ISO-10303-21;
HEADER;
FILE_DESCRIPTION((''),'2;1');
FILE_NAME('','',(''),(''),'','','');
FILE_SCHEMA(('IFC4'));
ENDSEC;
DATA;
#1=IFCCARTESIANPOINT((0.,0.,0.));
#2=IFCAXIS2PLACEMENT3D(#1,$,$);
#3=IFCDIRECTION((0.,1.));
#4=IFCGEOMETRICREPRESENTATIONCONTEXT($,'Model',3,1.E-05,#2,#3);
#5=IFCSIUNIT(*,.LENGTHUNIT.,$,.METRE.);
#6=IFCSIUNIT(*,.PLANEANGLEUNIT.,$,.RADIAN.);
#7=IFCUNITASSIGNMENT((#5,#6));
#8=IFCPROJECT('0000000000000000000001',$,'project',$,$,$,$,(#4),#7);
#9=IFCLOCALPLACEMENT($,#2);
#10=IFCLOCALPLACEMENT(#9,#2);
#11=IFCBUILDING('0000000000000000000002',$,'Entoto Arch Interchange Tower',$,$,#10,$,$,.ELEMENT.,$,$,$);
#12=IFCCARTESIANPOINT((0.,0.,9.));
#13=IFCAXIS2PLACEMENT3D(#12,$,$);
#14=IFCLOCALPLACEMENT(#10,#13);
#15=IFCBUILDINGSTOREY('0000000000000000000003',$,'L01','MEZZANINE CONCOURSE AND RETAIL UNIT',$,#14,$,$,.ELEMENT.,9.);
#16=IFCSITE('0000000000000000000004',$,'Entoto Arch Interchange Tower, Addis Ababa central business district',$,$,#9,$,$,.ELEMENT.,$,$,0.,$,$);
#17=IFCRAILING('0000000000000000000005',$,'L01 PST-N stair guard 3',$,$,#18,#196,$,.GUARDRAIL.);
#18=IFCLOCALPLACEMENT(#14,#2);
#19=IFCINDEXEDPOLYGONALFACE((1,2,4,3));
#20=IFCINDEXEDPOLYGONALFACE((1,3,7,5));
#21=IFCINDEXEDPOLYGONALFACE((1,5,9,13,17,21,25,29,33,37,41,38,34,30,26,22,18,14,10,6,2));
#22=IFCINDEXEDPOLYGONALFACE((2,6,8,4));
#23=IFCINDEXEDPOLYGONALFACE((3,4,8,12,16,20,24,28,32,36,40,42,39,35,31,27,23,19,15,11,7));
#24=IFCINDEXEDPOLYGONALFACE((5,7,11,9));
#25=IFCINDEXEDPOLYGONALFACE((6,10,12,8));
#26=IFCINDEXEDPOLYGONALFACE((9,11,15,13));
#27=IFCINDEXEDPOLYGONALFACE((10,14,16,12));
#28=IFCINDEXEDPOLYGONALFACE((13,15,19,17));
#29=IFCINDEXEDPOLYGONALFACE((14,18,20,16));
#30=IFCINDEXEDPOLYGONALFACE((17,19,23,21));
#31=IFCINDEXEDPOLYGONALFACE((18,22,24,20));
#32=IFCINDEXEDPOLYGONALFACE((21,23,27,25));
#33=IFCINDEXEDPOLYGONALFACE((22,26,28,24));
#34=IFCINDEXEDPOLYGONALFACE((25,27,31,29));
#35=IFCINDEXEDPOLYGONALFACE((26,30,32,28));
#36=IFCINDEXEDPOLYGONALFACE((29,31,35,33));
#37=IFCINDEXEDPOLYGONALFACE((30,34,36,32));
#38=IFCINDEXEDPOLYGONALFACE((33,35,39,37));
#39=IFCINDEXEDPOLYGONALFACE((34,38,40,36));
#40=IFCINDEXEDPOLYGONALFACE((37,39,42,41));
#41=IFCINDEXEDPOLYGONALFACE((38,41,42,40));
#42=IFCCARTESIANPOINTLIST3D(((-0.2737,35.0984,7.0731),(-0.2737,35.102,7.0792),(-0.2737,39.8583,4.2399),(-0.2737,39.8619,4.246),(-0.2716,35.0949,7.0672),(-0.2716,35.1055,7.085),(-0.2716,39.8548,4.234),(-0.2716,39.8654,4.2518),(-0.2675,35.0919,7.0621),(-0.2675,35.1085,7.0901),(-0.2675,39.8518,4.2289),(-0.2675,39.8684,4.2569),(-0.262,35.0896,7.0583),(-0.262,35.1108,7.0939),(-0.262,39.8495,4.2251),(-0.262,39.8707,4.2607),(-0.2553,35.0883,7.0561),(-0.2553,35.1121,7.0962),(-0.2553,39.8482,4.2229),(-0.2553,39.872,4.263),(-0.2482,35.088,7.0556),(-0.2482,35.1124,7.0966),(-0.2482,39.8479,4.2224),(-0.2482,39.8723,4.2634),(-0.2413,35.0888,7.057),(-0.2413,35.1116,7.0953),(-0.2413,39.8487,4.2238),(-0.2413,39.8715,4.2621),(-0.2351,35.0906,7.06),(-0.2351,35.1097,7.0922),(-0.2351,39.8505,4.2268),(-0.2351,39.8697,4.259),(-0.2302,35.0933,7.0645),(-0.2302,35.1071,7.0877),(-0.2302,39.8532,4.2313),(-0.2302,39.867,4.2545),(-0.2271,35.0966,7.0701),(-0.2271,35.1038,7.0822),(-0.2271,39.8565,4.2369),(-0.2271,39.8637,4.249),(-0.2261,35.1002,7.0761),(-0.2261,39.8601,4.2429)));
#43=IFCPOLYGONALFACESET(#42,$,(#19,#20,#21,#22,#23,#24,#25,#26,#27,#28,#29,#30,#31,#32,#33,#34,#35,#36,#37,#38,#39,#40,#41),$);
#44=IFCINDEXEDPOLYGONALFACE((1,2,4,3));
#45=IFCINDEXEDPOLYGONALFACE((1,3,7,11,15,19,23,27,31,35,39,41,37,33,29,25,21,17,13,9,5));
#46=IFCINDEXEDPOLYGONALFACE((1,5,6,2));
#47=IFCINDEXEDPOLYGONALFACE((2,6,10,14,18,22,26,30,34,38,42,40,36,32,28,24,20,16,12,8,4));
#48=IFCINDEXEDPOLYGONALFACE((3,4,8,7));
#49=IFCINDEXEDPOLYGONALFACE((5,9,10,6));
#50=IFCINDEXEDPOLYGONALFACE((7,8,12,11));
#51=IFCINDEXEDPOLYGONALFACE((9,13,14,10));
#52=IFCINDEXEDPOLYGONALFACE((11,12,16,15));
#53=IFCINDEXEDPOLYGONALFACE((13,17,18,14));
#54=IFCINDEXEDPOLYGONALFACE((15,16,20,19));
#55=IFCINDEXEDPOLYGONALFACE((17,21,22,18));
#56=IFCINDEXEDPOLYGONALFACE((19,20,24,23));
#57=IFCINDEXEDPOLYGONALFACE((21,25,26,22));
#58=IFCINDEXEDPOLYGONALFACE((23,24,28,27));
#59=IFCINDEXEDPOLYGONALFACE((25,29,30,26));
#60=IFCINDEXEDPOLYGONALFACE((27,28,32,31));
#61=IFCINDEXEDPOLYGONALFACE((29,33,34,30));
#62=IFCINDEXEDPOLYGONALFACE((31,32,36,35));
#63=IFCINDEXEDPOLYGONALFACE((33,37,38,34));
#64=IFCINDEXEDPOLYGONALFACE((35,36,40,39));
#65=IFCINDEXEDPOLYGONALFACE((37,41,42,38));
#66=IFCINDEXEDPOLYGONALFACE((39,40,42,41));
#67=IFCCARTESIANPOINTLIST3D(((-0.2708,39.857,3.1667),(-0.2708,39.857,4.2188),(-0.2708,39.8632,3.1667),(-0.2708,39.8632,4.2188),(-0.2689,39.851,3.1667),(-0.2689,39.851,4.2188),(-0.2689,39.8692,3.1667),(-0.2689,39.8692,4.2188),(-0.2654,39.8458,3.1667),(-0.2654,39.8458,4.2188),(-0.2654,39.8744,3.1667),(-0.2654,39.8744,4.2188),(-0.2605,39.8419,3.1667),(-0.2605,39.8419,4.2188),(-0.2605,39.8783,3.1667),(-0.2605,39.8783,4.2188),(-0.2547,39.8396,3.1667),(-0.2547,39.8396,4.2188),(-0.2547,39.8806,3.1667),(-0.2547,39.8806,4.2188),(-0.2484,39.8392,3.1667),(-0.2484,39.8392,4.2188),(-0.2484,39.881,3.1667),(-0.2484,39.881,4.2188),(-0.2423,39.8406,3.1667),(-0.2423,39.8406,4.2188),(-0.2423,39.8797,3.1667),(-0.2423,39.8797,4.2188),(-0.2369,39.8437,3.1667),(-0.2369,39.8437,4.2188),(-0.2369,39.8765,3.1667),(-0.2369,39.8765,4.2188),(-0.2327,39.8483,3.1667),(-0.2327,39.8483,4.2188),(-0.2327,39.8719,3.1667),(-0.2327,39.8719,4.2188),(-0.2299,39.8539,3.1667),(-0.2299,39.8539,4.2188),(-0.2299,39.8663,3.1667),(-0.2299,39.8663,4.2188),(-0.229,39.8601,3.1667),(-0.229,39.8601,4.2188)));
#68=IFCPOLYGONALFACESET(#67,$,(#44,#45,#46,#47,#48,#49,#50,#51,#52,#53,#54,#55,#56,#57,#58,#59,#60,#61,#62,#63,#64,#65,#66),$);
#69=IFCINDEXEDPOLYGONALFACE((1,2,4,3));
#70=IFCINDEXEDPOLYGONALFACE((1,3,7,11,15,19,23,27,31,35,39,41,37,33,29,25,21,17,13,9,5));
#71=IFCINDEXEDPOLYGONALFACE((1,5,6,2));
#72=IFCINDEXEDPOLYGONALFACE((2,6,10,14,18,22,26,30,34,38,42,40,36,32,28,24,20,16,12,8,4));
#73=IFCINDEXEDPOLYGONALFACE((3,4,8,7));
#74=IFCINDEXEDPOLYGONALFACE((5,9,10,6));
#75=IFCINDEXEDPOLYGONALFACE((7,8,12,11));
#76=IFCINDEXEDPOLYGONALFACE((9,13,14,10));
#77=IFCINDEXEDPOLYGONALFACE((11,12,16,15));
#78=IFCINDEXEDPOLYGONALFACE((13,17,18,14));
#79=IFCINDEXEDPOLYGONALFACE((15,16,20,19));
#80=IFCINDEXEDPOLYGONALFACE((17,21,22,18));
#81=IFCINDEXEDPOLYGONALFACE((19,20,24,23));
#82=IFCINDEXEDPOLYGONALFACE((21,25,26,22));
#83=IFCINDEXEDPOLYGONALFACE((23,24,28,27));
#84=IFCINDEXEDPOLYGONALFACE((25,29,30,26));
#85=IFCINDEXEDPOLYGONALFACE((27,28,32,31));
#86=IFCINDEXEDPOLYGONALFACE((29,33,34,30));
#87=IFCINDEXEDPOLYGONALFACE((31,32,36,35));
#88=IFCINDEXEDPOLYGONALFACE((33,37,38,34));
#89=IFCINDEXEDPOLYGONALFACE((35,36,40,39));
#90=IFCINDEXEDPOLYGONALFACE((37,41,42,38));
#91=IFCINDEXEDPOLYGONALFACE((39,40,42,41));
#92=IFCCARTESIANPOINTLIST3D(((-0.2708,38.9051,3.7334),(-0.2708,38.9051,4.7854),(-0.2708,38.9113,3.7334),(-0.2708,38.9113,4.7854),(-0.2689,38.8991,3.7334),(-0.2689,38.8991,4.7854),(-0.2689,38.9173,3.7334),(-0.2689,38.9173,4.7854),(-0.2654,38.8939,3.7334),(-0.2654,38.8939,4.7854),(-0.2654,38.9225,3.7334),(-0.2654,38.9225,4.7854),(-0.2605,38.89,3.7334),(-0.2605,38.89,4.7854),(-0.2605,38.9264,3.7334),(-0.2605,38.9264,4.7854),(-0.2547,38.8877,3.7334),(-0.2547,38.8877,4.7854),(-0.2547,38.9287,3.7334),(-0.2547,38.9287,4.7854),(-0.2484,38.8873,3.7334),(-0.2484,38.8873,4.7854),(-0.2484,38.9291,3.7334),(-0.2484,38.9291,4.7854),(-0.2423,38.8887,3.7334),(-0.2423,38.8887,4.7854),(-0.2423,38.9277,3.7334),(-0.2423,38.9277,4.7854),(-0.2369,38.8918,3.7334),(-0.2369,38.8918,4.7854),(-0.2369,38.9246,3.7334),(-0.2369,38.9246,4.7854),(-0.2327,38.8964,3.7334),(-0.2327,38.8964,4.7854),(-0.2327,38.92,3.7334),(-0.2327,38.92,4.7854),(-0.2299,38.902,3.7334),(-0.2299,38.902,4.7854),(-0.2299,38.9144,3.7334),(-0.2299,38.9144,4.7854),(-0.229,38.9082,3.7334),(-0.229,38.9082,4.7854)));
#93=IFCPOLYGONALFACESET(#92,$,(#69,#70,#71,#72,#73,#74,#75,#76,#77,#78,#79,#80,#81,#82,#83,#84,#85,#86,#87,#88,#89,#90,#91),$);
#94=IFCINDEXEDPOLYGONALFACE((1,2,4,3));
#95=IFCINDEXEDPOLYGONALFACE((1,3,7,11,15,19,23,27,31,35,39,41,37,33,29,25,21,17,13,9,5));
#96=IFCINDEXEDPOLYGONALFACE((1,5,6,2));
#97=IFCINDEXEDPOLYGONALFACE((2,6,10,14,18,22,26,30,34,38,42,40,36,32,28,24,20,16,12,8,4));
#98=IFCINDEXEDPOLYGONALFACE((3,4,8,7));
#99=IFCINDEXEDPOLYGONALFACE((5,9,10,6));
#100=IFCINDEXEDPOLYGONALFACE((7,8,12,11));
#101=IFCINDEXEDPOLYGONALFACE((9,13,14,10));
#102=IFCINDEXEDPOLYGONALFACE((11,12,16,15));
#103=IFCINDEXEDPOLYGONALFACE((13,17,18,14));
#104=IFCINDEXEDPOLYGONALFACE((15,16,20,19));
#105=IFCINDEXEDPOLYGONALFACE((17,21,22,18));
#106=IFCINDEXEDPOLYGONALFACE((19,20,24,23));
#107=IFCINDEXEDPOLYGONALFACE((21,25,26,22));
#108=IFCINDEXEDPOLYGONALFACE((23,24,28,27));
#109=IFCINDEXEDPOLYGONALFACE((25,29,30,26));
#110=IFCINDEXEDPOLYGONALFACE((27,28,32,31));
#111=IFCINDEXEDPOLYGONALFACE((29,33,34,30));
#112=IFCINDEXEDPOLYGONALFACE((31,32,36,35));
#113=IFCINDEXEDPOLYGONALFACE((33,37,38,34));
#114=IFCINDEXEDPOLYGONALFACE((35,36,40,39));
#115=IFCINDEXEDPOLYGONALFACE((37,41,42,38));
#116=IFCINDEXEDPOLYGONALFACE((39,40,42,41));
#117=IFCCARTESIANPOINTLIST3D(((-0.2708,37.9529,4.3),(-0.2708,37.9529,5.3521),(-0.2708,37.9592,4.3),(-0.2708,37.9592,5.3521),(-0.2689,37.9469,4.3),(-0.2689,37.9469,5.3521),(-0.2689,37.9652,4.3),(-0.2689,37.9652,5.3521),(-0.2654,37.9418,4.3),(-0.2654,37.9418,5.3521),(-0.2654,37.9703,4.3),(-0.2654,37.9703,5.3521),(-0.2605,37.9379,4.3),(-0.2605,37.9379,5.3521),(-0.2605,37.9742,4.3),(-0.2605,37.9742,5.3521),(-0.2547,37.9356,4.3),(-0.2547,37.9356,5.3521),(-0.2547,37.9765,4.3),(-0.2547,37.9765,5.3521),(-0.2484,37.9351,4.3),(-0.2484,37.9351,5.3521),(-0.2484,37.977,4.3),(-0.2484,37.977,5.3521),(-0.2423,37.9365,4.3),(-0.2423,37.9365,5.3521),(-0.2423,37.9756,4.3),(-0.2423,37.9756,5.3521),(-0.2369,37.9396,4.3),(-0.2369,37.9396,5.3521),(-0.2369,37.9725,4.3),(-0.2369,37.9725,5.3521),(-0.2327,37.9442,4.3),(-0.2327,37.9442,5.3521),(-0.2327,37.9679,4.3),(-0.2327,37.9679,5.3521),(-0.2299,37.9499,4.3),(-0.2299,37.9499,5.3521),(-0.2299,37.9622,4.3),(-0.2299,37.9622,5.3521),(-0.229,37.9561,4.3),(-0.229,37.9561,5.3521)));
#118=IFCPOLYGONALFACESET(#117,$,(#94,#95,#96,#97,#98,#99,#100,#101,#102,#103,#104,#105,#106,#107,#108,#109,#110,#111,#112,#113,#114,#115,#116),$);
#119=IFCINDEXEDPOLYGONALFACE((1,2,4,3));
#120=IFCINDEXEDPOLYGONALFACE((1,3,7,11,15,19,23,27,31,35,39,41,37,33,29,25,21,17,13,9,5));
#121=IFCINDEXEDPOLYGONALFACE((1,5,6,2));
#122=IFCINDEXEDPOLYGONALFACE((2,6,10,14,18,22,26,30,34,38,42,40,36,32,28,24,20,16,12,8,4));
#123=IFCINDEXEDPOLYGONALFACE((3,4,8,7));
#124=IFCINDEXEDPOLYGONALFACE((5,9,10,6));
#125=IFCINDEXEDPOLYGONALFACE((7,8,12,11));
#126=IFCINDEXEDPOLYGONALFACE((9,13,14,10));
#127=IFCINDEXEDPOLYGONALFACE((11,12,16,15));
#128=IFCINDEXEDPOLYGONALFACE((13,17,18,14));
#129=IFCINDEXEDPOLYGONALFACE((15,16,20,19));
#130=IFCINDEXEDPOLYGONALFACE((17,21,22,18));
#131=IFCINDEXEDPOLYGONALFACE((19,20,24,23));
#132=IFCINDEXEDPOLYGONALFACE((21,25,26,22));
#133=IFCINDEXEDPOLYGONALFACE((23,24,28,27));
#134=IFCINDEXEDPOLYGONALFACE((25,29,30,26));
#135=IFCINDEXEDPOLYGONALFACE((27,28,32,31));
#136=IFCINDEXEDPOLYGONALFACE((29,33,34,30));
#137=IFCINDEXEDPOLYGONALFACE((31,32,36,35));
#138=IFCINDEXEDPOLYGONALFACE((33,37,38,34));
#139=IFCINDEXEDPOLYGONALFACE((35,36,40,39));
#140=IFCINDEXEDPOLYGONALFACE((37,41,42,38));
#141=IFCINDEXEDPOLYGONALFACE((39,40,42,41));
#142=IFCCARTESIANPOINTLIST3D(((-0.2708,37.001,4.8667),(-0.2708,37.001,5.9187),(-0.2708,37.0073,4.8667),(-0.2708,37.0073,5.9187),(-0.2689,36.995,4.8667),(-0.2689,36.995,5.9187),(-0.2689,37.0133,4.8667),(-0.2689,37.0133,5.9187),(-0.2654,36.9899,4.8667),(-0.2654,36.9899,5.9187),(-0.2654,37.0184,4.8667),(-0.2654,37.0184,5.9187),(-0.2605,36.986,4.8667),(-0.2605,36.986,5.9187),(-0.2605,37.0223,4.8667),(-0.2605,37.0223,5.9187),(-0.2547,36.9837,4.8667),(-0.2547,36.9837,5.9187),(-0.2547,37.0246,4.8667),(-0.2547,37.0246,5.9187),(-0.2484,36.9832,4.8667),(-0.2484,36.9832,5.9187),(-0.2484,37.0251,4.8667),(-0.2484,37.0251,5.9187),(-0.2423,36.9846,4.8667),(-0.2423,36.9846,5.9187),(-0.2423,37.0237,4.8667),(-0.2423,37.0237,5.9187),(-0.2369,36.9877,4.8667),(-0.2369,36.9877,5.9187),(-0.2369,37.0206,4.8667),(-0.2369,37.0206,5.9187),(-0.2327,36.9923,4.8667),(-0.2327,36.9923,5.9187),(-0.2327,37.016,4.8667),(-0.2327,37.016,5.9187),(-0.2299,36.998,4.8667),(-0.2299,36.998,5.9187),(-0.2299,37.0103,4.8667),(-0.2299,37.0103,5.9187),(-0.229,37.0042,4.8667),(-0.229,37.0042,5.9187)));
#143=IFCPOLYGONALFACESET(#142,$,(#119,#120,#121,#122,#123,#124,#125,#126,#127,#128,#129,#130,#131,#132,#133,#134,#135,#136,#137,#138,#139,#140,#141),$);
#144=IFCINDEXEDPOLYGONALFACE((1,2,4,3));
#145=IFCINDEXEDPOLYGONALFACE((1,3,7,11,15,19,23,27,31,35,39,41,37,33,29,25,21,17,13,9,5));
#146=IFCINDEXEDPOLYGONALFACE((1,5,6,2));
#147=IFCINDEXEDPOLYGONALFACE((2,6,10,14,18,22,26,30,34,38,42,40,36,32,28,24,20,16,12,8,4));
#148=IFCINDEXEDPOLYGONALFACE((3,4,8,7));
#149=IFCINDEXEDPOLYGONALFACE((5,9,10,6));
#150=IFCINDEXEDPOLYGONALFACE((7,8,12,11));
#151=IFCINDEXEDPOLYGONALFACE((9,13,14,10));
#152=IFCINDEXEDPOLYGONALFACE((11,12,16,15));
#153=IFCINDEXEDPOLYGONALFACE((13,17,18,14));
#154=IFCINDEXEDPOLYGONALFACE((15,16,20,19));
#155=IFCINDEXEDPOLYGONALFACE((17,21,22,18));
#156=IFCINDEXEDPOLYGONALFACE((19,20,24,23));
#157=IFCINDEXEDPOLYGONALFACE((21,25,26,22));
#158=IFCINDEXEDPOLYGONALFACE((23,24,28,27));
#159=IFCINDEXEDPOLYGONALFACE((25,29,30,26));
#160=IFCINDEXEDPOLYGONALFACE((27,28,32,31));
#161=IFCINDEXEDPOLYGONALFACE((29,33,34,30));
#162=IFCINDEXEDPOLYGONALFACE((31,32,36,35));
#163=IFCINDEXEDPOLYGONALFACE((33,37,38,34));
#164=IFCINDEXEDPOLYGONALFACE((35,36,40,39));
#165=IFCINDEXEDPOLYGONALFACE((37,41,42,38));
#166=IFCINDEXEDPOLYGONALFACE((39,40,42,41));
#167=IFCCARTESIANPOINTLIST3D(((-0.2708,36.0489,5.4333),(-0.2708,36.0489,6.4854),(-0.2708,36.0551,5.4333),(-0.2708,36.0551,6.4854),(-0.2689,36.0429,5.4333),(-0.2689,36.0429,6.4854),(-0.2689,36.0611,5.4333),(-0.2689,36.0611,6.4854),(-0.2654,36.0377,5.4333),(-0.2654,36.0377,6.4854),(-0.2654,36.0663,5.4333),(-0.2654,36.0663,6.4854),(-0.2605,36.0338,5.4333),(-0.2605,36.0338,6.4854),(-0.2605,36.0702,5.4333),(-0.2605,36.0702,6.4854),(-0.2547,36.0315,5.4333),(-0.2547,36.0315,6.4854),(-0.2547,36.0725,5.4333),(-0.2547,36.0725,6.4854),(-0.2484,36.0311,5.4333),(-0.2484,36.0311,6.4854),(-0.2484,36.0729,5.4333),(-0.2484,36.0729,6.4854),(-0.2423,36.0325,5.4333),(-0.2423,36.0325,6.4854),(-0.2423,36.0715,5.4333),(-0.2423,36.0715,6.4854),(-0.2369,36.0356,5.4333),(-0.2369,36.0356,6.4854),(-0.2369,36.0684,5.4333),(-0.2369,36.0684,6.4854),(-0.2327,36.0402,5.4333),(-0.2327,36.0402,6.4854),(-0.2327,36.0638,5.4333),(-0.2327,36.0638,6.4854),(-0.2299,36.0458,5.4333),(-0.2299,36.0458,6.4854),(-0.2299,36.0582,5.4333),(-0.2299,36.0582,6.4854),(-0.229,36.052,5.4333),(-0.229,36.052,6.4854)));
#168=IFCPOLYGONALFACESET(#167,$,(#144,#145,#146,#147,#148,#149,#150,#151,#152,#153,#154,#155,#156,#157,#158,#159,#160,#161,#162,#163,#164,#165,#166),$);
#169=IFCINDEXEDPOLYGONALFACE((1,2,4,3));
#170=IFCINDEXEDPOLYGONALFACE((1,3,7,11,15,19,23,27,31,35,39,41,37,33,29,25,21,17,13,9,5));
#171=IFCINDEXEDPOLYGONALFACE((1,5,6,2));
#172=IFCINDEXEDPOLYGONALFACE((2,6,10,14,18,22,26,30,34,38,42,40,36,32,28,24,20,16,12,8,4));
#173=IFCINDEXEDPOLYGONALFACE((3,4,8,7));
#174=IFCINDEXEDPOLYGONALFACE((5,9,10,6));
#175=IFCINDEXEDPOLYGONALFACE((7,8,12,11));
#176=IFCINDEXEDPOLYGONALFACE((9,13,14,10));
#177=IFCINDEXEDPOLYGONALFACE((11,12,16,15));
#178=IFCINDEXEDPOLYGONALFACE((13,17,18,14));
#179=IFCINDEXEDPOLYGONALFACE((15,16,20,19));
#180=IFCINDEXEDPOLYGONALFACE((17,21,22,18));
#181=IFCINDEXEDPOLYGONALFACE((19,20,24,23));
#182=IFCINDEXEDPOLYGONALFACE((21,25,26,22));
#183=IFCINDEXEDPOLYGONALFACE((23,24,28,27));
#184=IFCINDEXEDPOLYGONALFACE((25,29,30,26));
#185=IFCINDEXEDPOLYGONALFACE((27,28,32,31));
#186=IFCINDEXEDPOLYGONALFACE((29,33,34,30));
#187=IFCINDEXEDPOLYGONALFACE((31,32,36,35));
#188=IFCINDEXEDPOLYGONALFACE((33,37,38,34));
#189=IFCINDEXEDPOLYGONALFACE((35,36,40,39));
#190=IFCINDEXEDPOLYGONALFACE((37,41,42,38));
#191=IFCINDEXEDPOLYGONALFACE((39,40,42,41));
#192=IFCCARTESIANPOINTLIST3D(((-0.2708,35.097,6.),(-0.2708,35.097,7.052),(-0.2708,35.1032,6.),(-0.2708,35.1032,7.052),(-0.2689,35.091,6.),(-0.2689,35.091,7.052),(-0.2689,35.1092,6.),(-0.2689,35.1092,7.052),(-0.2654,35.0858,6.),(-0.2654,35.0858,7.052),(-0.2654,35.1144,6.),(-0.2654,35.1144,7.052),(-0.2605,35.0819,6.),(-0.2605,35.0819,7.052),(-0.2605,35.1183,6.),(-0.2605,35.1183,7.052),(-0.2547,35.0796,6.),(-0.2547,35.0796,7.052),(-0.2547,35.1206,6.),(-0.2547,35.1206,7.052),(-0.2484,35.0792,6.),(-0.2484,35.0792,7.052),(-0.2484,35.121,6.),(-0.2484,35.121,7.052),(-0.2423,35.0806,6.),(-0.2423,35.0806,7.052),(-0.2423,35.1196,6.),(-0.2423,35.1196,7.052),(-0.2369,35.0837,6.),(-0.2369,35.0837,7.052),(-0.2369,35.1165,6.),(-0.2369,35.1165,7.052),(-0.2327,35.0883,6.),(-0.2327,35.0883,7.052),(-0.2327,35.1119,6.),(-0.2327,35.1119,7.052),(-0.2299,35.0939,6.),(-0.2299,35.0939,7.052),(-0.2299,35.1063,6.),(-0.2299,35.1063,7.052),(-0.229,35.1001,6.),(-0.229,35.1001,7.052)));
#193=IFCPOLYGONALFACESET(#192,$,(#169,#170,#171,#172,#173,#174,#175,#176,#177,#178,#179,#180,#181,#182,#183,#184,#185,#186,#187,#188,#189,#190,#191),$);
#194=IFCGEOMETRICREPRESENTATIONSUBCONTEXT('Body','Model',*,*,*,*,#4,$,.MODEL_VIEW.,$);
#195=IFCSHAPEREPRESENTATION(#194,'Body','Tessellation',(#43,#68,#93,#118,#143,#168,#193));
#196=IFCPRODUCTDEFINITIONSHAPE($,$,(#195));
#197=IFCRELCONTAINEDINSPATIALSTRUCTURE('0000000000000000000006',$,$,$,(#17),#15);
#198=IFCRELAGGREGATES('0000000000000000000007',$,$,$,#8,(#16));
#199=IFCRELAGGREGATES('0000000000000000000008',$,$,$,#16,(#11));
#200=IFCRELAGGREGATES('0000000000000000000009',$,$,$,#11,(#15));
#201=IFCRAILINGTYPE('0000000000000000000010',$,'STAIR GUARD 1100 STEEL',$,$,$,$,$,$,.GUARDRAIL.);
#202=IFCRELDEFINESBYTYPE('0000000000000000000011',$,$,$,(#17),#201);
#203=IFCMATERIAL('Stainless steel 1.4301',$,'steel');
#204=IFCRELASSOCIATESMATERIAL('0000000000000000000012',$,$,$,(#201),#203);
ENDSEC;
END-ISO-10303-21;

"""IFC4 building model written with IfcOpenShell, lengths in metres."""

from ifc_helpers import new_model, si_unit, direction, frame, origin, origin_2d, place, context, subcontext, project, spatial, circle, extrude, material, type_object, element, save


model = new_model("IFC4")

# Units and contexts
model_context = context("Model", 3, precision=1e-05, world=origin(), true_north=direction((0.0, 1.0)))
body_context = subcontext(model_context, "Body", "Model", "MODEL_VIEW")
ifc_project = project(units=[si_unit("LENGTHUNIT", "METRE"), si_unit("PLANEANGLEUNIT", "RADIAN")], contexts=[model_context])

# Site, building, storey
site_placement = place(None, origin())
site = spatial("IfcSite", under=ifc_project, at=site_placement, Name="Entoto Arch Interchange Tower, Addis Ababa central business district", CompositionType="ELEMENT", RefElevation=0.0)
building_placement = place(site_placement, origin())
building = spatial("IfcBuilding", under=site, at=building_placement, Name="Entoto Arch Interchange Tower", CompositionType="ELEMENT")
storey_placement = place(building_placement, frame((0.0, 0.0, 9.0)))
storey = spatial("IfcBuildingStorey", under=building, at=storey_placement, Name="L01", Description="MEZZANINE CONCOURSE AND RETAIL UNIT", CompositionType="ELEMENT", Elevation=9.0)

# Railing
ifc_material_1 = material(Name="Stainless steel 1.4301", Category="steel")
railing_type_1 = type_object("IfcRailingType", Name="STAIR GUARD 1100 STEEL", PredefinedType="GUARDRAIL", material=ifc_material_1)
railing_1_placement = place(storey_placement, frame((-0.25, 39.8601, 3.1667)))
element("IfcRailing", 1, at=railing_1_placement, inside=storey, type_object=railing_type_1, Name="L01 PST-N stair guard 3", PredefinedType="GUARDRAIL", context=body_context, shape_type="SweptSolid", body=[
    extrude(circle(Radius=0.0239, at=origin_2d()), frame((0.0, 0.0, 1.0762), z_axis=(0.0, -0.8593, 0.511472), x_axis=(1.0, 0.0, 0.0)), (0.0, 0.0, 1.0), 5.5393),
    extrude(circle(Radius=0.021, at=origin_2d()), origin(), (0.0, 0.0, 1.0), 1.052),
    extrude(circle(Radius=0.021, at=origin_2d()), frame((0.0, -0.9519, 0.5667)), (0.0, 0.0, 1.0), 1.052),
    extrude(circle(Radius=0.021, at=origin_2d()), frame((0.0, -1.9041, 1.1333)), (0.0, 0.0, 1.0), 1.052),
    extrude(circle(Radius=0.021, at=origin_2d()), frame((0.0, -2.856, 1.7)), (0.0, 0.0, 1.0), 1.052),
    extrude(circle(Radius=0.021, at=origin_2d()), frame((0.0, -3.8081, 2.2666)), (0.0, 0.0, 1.0), 1.052),
    extrude(circle(Radius=0.021, at=origin_2d()), frame((0.0, -4.76, 2.8333)), (0.0, 0.0, 1.0), 1.052),
])

save(model, "model.ifc")
